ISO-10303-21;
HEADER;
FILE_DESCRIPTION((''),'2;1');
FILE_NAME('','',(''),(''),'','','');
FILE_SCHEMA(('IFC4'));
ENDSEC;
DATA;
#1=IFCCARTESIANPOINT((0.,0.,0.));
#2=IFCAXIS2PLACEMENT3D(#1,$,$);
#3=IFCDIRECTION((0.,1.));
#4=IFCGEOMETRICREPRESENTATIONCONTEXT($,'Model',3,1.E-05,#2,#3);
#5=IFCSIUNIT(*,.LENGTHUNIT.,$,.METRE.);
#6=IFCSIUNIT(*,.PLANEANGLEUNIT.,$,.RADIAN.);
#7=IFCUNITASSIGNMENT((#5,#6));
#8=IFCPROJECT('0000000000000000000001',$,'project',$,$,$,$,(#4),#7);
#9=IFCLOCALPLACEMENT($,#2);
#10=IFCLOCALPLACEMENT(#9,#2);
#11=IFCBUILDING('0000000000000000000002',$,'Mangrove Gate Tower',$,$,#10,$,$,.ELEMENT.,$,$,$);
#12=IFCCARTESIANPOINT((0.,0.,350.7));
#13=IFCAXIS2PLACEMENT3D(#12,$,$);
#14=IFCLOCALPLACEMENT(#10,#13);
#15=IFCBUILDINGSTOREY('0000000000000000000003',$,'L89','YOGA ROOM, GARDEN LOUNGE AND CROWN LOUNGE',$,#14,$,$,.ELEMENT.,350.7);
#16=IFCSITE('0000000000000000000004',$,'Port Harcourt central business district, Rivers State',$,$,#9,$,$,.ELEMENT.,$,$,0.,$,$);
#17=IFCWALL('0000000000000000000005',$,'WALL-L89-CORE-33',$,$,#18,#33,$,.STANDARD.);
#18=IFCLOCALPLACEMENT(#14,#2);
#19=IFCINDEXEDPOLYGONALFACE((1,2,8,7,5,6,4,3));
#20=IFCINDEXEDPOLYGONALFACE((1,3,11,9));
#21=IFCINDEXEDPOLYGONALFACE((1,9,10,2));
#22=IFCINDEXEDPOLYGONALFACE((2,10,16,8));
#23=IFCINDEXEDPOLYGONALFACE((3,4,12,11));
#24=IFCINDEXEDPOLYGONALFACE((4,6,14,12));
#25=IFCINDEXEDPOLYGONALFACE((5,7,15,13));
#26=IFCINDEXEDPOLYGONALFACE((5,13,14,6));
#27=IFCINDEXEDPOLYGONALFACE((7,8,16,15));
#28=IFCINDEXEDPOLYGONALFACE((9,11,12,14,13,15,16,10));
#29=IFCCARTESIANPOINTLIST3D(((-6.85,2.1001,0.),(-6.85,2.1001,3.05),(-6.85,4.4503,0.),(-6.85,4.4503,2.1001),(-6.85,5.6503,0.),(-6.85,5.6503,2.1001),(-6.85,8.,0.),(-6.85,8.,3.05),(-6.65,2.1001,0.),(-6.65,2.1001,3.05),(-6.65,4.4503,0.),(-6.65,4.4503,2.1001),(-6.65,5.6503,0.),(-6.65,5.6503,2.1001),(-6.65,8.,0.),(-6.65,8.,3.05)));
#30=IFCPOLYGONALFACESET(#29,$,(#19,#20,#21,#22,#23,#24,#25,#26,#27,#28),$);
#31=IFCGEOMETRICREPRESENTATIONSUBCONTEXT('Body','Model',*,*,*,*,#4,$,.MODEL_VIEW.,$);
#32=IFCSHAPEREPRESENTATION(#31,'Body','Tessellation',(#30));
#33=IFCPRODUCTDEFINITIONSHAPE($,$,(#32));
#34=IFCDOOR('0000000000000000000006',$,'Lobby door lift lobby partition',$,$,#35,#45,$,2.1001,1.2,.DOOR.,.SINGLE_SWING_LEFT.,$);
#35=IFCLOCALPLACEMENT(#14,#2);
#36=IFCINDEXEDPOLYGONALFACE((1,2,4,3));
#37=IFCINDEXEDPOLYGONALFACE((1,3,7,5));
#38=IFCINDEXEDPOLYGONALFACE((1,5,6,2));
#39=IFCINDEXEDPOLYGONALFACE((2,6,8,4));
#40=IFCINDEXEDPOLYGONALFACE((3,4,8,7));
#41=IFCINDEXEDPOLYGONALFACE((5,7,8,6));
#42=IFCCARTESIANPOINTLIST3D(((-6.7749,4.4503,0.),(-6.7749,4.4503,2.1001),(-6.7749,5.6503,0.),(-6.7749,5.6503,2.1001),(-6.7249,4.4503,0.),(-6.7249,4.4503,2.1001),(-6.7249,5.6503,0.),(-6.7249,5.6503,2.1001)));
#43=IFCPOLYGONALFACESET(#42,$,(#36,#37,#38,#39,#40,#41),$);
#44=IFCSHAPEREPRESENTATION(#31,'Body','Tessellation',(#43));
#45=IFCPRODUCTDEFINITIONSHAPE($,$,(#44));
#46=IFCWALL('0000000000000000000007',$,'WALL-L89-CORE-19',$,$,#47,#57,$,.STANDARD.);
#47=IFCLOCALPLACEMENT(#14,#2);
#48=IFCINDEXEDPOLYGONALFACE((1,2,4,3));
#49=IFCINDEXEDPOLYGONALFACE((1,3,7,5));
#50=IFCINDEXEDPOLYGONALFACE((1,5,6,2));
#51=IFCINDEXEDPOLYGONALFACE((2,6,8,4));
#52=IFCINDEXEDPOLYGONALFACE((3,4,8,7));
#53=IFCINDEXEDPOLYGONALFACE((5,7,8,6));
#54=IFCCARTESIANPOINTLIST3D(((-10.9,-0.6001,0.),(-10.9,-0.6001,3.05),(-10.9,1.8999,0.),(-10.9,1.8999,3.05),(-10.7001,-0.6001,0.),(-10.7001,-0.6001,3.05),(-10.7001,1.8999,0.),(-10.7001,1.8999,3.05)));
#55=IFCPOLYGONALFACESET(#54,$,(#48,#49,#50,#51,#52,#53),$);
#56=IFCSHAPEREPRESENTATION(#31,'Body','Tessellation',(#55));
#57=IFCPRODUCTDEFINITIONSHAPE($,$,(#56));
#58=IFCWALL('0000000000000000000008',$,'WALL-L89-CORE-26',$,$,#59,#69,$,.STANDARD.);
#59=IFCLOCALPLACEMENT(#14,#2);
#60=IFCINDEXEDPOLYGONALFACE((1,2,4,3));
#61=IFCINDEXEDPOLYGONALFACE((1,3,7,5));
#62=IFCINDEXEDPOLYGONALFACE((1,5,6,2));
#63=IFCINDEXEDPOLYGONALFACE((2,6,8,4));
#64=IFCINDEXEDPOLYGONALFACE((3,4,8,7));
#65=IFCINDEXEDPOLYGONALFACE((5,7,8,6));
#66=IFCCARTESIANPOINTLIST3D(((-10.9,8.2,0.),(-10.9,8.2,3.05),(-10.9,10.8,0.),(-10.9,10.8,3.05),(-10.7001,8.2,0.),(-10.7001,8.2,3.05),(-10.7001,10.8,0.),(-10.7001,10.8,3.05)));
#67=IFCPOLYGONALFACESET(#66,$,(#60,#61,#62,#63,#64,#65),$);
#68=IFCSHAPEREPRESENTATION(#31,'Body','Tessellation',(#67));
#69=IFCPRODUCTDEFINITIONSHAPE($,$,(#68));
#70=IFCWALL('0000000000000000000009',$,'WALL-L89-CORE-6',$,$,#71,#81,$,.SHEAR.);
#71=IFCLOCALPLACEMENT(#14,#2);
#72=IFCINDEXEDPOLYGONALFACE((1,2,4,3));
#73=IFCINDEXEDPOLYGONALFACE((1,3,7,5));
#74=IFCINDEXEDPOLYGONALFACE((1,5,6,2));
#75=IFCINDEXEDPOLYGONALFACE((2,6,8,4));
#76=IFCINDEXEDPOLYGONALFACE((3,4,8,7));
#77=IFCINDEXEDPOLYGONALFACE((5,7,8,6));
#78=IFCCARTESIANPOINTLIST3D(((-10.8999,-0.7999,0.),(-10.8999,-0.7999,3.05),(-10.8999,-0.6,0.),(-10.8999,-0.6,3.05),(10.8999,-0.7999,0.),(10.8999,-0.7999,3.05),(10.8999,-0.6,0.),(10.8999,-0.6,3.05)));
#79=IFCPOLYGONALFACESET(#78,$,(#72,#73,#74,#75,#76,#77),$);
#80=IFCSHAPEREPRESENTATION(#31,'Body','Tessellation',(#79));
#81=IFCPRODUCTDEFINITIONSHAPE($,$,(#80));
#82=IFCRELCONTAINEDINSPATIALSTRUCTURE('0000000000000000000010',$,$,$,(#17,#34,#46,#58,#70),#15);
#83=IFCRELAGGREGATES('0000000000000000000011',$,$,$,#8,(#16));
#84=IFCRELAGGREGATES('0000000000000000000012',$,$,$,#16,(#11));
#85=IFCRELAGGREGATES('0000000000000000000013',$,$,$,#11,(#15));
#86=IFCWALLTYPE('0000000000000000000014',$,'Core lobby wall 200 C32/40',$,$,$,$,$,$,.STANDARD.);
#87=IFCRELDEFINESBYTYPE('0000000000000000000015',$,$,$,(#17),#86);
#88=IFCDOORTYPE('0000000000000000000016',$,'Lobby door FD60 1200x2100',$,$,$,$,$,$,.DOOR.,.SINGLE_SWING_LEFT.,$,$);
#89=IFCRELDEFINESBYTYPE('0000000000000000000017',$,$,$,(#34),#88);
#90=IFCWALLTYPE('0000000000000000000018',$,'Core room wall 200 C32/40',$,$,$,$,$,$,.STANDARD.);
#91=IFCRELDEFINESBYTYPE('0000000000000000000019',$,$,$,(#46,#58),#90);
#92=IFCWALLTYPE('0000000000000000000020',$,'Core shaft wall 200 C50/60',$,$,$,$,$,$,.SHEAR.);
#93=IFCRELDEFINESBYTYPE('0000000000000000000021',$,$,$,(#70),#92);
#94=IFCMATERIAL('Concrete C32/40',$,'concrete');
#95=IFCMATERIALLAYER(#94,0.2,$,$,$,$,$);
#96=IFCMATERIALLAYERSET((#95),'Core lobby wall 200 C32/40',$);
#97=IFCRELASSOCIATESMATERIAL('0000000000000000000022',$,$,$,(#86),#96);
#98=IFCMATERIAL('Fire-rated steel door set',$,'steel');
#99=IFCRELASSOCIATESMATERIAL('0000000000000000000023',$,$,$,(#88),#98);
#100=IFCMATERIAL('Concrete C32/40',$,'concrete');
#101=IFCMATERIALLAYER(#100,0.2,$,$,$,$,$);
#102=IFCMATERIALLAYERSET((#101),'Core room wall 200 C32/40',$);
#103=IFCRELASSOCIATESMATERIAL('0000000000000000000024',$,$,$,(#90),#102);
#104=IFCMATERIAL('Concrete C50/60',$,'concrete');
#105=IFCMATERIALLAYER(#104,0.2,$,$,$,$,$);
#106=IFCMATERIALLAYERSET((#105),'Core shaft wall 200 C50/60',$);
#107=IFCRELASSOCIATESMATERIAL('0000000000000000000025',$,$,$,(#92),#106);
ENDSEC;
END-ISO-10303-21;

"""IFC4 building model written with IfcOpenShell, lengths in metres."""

from ifc_helpers import new_model, si_unit, direction, frame, frame_2d, origin, place, context, subcontext, project, spatial, rectangle, extrude, material, layer, layer_set, type_object, element, fill, save


model = new_model("IFC4")

# Units and contexts
model_context = context("Model", 3, precision=1e-05, world=origin(), true_north=direction((0.0, 1.0)))
body_context = subcontext(model_context, "Body", "Model", "MODEL_VIEW")
ifc_project = project(units=[si_unit("LENGTHUNIT", "METRE"), si_unit("PLANEANGLEUNIT", "RADIAN")], contexts=[model_context])

# Site, building, storey
site_placement = place(None, origin())
site = spatial("IfcSite", under=ifc_project, at=site_placement, Name="Port Harcourt central business district, Rivers State", CompositionType="ELEMENT", RefElevation=0.0)
building_placement = place(site_placement, origin())
building = spatial("IfcBuilding", under=site, at=building_placement, Name="Mangrove Gate Tower", CompositionType="ELEMENT")
storey_placement = place(building_placement, frame((0.0, 0.0, 350.7)))
storey = spatial("IfcBuildingStorey", under=building, at=storey_placement, Name="L89", Description="YOGA ROOM, GARDEN LOUNGE AND CROWN LOUNGE", CompositionType="ELEMENT", Elevation=350.7)

# Wall, opening, door
ifc_material_1 = material(Name="Concrete C32/40", Category="concrete")
ifc_layer_1 = layer(ifc_material_1, 0.2)
ifc_layer_set_1 = layer_set([ifc_layer_1], Name="Core lobby wall 200 C32/40")
wall_type_1 = type_object("IfcWallType", Name="Core lobby wall 200 C32/40", PredefinedType="STANDARD", material=ifc_layer_set_1)
wall_1_placement = place(storey_placement, frame((-6.75, 2.1001, 0.0), z_axis=(0.0, 0.0, 1.0), x_axis=(0.0, 1.0, 0.0)))
wall_1 = element("IfcWall", 1, at=wall_1_placement, inside=storey, type_object=wall_type_1, Name="WALL-L89-CORE-33", PredefinedType="STANDARD", context=body_context, shape_type="SweptSolid", body=[
    extrude(rectangle(XDim=5.8999, YDim=0.2, at=frame_2d((2.95, 0.0))), origin(), (0.0, 0.0, 1.0), 3.05),
])
opening_1_placement = place(wall_1_placement, frame((2.3501, 0.0, 0.0)))
opening_1 = element("IfcOpeningElement", 2, at=opening_1_placement, cuts=wall_1, PredefinedType="OPENING", context=body_context, shape_type="SweptSolid", body=[
    extrude(rectangle(XDim=1.2, YDim=2.1001, at=frame_2d((0.6001, 1.05))), frame((0.0, 0.1099, 0.0), z_axis=(0.0, -1.0, 0.0), x_axis=(1.0, 0.0, 0.0)), (0.0, 0.0, 1.0), 0.22),
])
ifc_material_2 = material(Name="Fire-rated steel door set", Category="steel")
door_type_1 = type_object("IfcDoorType", Name="Lobby door FD60 1200x2100", OperationType="SINGLE_SWING_LEFT", PredefinedType="DOOR", material=ifc_material_2)
door_1_placement = place(opening_1_placement, origin())
door_1 = element("IfcDoor", 3, at=door_1_placement, inside=storey, type_object=door_type_1, Name="Lobby door lift lobby partition", OperationType="SINGLE_SWING_LEFT", OverallHeight=2.1001, OverallWidth=1.2, PredefinedType="DOOR", context=body_context, shape_type="SweptSolid", body=[
    extrude(rectangle(XDim=1.2, YDim=2.1001, at=frame_2d((0.6001, 1.05))), frame((0.0, 0.0249, 0.0), z_axis=(0.0, -1.0, 0.0), x_axis=(1.0, 0.0, 0.0)), (0.0, 0.0, 1.0), 0.05),
])
fill(opening_1, door_1)

# Walls
ifc_material_3 = material(Name="Concrete C32/40", Category="concrete")
ifc_layer_2 = layer(ifc_material_3, 0.2)
ifc_layer_set_2 = layer_set([ifc_layer_2], Name="Core room wall 200 C32/40")
wall_type_2 = type_object("IfcWallType", Name="Core room wall 200 C32/40", PredefinedType="STANDARD", material=ifc_layer_set_2)
wall_2_placement = place(storey_placement, frame((-10.8, -0.6001, 0.0), z_axis=(0.0, 0.0, 1.0), x_axis=(0.0, 1.0, 0.0)))
element("IfcWall", 4, at=wall_2_placement, inside=storey, type_object=wall_type_2, Name="WALL-L89-CORE-19", PredefinedType="STANDARD", context=body_context, shape_type="SweptSolid", body=[
    extrude(rectangle(XDim=2.5, YDim=0.2, at=frame_2d((1.25, 0.0))), origin(), (0.0, 0.0, 1.0), 3.05),
])
wall_3_placement = place(storey_placement, frame((-10.8, 8.2, 0.0), z_axis=(0.0, 0.0, 1.0), x_axis=(0.0, 1.0, 0.0)))
element("IfcWall", 5, at=wall_3_placement, inside=storey, type_object=wall_type_2, Name="WALL-L89-CORE-26", PredefinedType="STANDARD", context=body_context, shape_type="SweptSolid", body=[
    extrude(rectangle(XDim=2.6001, YDim=0.2, at=frame_2d((1.3, 0.0))), origin(), (0.0, 0.0, 1.0), 3.05),
])
ifc_material_4 = material(Name="Concrete C50/60", Category="concrete")
ifc_layer_3 = layer(ifc_material_4, 0.2)
ifc_layer_set_3 = layer_set([ifc_layer_3], Name="Core shaft wall 200 C50/60")
wall_type_3 = type_object("IfcWallType", Name="Core shaft wall 200 C50/60", PredefinedType="SHEAR", material=ifc_layer_set_3)
wall_4_placement = place(storey_placement, frame((-10.8999, -0.7, 0.0), z_axis=(0.0, 0.0, 1.0), x_axis=(1.0, 0.0, 0.0)))
element("IfcWall", 6, at=wall_4_placement, inside=storey, type_object=wall_type_3, Name="WALL-L89-CORE-6", PredefinedType="SHEAR", context=body_context, shape_type="SweptSolid", body=[
    extrude(rectangle(XDim=21.7998, YDim=0.2, at=frame_2d((10.8999, 0.0))), origin(), (0.0, 0.0, 1.0), 3.05),
])

save(model, "model.ifc")
